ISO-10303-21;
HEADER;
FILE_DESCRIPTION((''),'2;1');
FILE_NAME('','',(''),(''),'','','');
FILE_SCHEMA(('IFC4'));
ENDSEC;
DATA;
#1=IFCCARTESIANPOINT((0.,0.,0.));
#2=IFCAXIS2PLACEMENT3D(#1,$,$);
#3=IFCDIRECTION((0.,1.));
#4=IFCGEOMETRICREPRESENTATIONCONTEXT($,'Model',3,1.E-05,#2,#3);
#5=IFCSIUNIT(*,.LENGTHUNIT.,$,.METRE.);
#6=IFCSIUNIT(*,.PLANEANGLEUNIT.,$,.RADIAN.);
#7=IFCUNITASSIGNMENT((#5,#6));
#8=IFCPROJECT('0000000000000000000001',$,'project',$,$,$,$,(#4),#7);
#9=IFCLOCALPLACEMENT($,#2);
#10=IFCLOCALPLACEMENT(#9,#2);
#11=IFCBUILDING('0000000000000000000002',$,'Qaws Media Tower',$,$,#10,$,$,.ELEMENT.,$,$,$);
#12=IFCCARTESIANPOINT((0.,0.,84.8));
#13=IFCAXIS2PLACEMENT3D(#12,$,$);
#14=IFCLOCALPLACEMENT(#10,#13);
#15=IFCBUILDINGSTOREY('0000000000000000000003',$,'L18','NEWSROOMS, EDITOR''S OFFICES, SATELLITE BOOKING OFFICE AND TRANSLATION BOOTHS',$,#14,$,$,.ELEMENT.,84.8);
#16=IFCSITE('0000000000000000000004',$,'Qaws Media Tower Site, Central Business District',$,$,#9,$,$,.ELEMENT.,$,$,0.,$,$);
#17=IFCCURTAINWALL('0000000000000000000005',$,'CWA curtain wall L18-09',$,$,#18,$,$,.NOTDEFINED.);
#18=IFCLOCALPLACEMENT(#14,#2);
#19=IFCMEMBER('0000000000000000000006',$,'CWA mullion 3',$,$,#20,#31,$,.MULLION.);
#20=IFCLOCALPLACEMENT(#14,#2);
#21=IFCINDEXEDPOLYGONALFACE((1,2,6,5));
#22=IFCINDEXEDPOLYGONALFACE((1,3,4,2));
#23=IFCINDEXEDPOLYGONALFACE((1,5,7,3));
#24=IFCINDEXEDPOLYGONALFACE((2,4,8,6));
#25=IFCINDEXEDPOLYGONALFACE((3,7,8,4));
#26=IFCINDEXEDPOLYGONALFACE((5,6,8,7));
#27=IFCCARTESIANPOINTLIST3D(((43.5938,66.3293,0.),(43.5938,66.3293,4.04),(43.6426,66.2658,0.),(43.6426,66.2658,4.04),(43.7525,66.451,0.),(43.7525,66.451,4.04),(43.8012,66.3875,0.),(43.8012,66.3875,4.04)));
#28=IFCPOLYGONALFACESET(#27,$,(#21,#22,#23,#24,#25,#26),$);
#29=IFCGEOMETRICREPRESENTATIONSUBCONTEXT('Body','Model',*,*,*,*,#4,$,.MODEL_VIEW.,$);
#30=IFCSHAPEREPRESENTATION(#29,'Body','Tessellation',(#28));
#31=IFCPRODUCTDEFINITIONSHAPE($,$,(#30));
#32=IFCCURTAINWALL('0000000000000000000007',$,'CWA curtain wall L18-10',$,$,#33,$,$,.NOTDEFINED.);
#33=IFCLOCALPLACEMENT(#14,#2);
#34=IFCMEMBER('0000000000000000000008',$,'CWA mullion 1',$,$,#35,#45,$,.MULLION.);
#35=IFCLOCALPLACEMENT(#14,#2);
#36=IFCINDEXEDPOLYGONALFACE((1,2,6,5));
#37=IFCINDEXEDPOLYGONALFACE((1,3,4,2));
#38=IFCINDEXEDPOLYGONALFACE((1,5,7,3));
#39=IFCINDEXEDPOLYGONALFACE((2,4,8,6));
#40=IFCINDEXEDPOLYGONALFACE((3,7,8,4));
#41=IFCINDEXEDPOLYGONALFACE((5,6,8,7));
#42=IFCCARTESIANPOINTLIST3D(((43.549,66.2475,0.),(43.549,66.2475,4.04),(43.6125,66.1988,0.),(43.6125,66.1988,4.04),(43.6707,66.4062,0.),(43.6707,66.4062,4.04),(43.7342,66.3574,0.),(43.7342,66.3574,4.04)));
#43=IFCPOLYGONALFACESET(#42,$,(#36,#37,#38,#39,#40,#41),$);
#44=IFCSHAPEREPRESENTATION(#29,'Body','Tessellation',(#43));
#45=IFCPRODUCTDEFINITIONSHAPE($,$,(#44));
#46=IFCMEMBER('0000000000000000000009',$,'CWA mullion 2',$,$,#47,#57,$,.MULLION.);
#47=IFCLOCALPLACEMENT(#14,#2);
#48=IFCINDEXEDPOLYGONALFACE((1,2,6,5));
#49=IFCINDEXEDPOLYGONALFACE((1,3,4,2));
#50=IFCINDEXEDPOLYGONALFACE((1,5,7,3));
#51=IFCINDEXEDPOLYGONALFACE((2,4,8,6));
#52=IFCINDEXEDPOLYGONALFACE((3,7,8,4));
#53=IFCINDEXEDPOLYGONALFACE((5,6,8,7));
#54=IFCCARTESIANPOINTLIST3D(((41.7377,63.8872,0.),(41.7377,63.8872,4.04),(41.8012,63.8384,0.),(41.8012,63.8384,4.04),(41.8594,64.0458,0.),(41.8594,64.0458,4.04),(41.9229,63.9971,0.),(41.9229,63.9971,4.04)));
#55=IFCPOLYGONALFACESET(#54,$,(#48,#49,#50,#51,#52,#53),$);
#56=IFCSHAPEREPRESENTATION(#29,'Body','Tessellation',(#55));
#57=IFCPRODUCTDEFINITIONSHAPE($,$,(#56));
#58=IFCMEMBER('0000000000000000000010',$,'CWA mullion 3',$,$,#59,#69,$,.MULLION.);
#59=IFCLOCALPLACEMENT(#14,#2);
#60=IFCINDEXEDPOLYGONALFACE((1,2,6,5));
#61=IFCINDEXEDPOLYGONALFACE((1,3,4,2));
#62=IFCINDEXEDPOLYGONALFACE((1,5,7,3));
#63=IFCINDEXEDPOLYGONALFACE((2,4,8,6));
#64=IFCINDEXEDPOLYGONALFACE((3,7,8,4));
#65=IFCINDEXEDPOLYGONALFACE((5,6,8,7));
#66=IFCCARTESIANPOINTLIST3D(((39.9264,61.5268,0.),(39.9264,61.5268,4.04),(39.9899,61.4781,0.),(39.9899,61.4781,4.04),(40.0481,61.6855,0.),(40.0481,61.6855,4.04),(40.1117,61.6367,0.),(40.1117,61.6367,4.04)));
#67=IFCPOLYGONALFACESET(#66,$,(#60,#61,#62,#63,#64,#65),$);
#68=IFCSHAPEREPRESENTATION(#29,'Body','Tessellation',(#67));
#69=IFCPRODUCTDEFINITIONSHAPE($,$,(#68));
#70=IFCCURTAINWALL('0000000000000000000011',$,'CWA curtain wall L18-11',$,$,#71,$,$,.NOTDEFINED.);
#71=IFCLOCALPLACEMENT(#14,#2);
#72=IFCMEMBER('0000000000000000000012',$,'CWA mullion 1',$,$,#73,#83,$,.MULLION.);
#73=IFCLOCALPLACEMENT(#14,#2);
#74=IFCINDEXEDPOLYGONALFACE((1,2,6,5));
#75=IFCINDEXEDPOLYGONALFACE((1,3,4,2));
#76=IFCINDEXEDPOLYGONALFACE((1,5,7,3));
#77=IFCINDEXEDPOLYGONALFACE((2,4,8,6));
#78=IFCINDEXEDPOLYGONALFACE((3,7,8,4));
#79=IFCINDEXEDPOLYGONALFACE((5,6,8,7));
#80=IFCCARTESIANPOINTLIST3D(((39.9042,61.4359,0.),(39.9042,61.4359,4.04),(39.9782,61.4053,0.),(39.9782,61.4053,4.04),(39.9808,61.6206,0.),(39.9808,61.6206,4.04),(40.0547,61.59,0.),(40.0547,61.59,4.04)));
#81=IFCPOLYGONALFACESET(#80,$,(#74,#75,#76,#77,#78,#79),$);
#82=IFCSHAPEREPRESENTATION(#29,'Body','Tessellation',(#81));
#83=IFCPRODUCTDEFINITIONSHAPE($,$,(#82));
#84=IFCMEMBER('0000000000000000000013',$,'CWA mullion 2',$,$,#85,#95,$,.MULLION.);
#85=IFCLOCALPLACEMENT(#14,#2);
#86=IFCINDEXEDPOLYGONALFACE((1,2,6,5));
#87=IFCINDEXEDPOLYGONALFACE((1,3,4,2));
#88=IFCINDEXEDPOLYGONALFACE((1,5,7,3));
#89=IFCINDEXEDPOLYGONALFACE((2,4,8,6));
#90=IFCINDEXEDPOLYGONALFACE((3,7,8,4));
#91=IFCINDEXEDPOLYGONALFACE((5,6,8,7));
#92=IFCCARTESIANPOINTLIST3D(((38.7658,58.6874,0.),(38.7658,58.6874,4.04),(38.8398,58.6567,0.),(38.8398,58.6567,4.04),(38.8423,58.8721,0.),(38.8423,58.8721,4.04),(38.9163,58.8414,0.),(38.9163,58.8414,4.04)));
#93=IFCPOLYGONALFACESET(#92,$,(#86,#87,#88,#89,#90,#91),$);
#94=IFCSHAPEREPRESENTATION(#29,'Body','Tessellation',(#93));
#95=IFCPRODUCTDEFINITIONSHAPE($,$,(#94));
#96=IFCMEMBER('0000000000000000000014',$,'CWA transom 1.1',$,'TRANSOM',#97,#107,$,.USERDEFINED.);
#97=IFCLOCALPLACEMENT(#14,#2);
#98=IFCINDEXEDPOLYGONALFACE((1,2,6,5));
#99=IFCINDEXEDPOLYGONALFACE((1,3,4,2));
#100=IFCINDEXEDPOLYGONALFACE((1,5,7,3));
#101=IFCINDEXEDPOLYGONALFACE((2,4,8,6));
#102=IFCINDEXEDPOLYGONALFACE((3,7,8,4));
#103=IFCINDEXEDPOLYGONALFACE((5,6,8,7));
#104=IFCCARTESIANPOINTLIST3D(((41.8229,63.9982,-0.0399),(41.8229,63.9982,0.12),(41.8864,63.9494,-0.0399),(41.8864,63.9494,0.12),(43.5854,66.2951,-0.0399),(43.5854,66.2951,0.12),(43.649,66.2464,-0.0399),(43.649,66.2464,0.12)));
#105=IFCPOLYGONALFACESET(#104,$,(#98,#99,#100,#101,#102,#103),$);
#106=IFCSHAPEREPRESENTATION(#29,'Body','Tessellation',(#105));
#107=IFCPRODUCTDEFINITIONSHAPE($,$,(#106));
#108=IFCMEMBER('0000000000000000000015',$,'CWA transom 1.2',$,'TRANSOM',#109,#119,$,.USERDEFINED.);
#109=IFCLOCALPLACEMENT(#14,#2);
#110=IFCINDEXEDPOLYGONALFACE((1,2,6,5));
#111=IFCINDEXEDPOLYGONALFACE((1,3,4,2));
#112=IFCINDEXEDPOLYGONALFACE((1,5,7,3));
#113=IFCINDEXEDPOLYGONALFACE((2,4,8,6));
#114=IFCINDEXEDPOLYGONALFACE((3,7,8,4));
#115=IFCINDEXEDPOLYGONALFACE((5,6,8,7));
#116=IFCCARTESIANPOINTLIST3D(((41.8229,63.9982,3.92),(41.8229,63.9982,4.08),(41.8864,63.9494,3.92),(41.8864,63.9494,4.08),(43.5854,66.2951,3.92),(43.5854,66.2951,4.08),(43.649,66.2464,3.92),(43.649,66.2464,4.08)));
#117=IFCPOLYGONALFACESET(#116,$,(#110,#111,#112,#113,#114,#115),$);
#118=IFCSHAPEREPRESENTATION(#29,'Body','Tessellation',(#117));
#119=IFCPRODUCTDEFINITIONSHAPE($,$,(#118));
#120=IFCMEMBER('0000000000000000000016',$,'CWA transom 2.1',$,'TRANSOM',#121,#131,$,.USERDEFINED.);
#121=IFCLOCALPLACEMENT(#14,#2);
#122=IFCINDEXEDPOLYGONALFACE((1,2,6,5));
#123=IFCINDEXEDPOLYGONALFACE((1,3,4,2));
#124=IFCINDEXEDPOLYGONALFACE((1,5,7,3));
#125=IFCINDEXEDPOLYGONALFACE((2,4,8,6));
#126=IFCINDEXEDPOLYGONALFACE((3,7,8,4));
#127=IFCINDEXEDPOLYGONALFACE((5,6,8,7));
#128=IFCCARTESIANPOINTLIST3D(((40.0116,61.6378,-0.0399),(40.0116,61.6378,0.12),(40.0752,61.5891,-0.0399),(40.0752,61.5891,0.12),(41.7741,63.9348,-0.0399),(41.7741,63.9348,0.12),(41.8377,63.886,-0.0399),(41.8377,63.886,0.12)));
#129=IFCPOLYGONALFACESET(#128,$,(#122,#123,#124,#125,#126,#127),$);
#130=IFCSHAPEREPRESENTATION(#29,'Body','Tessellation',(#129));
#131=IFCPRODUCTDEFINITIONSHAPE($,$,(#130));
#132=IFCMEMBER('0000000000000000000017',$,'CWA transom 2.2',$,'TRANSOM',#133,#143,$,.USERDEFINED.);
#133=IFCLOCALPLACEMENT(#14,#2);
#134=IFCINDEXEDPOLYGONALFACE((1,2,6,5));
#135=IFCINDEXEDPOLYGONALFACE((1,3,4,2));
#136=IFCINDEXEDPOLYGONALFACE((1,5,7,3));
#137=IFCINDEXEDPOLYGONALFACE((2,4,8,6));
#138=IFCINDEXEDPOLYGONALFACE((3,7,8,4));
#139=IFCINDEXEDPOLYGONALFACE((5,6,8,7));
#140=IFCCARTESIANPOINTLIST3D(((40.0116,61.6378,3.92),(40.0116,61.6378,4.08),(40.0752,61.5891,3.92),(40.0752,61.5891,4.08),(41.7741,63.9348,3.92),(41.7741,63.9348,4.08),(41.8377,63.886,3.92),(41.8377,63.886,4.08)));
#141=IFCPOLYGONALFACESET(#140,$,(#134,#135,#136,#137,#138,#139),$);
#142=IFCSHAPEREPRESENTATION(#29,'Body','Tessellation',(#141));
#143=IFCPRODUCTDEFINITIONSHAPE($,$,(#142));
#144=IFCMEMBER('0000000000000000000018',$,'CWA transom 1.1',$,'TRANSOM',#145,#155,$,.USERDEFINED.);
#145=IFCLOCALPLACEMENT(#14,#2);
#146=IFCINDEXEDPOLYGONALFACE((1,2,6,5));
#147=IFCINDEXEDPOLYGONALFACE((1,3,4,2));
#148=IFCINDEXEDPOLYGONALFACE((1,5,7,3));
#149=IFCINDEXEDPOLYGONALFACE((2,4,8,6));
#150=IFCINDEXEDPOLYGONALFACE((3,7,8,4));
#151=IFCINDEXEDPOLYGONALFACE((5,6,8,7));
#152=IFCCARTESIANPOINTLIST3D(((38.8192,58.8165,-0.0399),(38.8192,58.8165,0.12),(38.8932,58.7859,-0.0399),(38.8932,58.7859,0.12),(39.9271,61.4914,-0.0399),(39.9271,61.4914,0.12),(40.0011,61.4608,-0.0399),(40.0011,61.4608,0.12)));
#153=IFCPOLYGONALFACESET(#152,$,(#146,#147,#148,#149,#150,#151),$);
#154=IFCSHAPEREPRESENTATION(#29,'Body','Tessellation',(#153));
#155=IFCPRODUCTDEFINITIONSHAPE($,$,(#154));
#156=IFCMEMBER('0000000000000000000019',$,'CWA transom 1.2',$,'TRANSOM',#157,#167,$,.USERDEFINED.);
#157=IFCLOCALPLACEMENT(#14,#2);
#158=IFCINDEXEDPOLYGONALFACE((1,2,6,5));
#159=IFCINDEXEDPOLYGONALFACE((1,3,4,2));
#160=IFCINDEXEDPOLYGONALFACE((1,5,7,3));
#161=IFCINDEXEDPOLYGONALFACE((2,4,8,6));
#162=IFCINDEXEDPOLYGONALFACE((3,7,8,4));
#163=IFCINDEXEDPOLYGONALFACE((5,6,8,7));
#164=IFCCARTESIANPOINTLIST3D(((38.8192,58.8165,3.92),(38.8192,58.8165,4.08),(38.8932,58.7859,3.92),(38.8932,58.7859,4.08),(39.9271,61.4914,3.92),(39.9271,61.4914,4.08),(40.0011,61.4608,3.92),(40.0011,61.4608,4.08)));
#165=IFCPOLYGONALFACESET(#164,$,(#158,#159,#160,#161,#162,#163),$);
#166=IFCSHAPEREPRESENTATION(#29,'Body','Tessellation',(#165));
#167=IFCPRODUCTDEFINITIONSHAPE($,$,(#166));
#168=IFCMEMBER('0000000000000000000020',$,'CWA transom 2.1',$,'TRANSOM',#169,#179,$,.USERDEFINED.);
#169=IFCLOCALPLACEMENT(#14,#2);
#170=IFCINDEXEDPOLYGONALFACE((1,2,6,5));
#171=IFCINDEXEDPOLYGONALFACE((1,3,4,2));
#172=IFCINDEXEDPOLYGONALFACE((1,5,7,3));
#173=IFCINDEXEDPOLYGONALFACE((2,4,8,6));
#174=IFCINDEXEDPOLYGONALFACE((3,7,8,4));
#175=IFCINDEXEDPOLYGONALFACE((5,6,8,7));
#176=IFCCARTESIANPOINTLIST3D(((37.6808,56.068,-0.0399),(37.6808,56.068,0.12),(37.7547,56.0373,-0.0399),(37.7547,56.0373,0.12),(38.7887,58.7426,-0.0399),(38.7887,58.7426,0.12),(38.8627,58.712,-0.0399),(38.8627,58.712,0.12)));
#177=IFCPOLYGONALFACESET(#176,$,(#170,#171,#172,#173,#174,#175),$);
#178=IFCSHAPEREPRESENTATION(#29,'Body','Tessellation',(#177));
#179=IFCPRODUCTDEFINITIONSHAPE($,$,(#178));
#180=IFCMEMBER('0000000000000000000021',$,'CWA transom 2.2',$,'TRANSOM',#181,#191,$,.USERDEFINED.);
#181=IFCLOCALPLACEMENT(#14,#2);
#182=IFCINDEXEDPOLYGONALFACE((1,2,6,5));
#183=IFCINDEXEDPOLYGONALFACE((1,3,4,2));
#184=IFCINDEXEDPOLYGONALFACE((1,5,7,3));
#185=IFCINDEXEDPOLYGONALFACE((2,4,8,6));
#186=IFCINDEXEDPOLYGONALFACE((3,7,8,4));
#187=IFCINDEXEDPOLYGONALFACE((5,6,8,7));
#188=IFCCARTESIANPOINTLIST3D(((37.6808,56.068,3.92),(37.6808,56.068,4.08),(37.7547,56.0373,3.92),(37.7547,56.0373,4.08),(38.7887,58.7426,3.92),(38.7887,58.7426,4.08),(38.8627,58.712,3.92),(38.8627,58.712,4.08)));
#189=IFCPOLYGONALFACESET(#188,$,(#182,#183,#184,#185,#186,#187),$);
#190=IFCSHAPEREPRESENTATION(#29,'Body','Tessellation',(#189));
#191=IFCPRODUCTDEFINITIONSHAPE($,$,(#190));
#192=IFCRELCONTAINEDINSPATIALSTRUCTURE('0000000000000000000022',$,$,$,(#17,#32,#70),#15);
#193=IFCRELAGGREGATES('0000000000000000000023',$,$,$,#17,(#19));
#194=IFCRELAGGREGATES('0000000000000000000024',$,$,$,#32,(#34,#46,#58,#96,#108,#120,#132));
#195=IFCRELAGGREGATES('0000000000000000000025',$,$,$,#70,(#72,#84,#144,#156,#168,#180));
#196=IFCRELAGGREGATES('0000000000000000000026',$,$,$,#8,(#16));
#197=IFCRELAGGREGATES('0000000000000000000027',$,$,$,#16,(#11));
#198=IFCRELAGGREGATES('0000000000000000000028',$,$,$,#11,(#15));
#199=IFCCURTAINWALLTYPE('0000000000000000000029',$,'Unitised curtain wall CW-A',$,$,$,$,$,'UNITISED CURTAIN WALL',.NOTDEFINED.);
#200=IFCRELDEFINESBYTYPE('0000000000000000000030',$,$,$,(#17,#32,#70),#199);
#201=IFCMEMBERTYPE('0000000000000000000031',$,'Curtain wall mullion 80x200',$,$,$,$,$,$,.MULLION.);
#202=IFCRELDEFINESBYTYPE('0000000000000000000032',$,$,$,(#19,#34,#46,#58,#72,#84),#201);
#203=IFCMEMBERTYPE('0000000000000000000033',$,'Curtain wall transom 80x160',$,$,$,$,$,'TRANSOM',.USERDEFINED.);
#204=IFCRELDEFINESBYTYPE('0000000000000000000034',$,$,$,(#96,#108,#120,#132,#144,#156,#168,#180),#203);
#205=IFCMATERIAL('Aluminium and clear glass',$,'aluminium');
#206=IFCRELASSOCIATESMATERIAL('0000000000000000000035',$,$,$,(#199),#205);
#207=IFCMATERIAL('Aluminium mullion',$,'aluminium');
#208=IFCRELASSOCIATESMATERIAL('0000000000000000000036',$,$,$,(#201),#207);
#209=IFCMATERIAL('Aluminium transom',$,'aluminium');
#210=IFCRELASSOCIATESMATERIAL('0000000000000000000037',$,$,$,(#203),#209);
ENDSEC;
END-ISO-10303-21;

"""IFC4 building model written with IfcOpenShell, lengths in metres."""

from ifc_helpers import new_model, si_unit, direction, frame, origin, origin_2d, place, context, subcontext, project, spatial, rectangle, extrude, material, material_profile, profile_set, type_object, element, aggregate, save


model = new_model("IFC4")

# Units and contexts
model_context = context("Model", 3, precision=1e-05, world=origin(), true_north=direction((0.0, 1.0)))
body_context = subcontext(model_context, "Body", "Model", "MODEL_VIEW")
ifc_project = project(units=[si_unit("LENGTHUNIT", "METRE"), si_unit("PLANEANGLEUNIT", "RADIAN")], contexts=[model_context])

# Site, building, storey
site_placement = place(None, origin())
site = spatial("IfcSite", under=ifc_project, at=site_placement, Name="Qaws Media Tower Site, Central Business District", CompositionType="ELEMENT", RefElevation=0.0)
building_placement = place(site_placement, origin())
building = spatial("IfcBuilding", under=site, at=building_placement, Name="Qaws Media Tower", CompositionType="ELEMENT")
storey_placement = place(building_placement, frame((0.0, 0.0, 84.8)))
storey = spatial("IfcBuildingStorey", under=building, at=storey_placement, Name="L18", Description="NEWSROOMS, EDITOR'S OFFICES, SATELLITE BOOKING OFFICE AND TRANSLATION BOOTHS", CompositionType="ELEMENT", Elevation=84.8)

# Curtain wall, member
ifc_material_1 = material(Name="Aluminium and clear glass", Category="aluminium")
curtain_wall_type = type_object("IfcCurtainWallType", Name="Unitised curtain wall CW-A", ElementType="UNITISED CURTAIN WALL", PredefinedType="NOTDEFINED", material=ifc_material_1)
curtain_wall_1_placement = place(storey_placement, origin())
curtain_wall_1 = element("IfcCurtainWall", 1, at=curtain_wall_1_placement, inside=storey, type_object=curtain_wall_type, Name="CWA curtain wall L18-09", PredefinedType="NOTDEFINED")
ifc_material_2 = material(Name="Aluminium mullion", Category="aluminium")
ifc_material_profile_1 = material_profile(ifc_material_2, rectangle(XDim=0.0801, YDim=0.2, at=origin_2d()), Name="80x200")
ifc_profile_set_1 = profile_set([ifc_material_profile_1], Name="Aluminium mullion")
member_type_1 = type_object("IfcMemberType", Name="Curtain wall mullion 80x200", PredefinedType="MULLION", material=ifc_profile_set_1)
member_1_placement = place(storey_placement, frame((43.6975, 66.3584, 0.0), z_axis=(0.0, 0.0, 1.0), x_axis=(0.608761, -0.793353, 0.0)))
member_1 = element("IfcMember", 2, at=member_1_placement, type_object=member_type_1, Name="CWA mullion 3", PredefinedType="MULLION", context=body_context, shape_type="SweptSolid", body=[
    extrude(rectangle(XDim=0.0801, YDim=0.2, at=origin_2d()), origin(), (0.0, 0.0, 1.0), 4.04),
])
aggregate(curtain_wall_1, [member_1])

# Curtain walls, members
curtain_wall_2_placement = place(storey_placement, origin())
curtain_wall_2 = element("IfcCurtainWall", 3, at=curtain_wall_2_placement, inside=storey, type_object=curtain_wall_type, Name="CWA curtain wall L18-10", PredefinedType="NOTDEFINED")
member_2_placement = place(storey_placement, frame((43.6416, 66.3025, 0.0), z_axis=(0.0, 0.0, 1.0), x_axis=(0.793353, -0.608761, 0.0)))
member_2 = element("IfcMember", 4, at=member_2_placement, type_object=member_type_1, Name="CWA mullion 1", PredefinedType="MULLION", context=body_context, shape_type="SweptSolid", body=[
    extrude(rectangle(XDim=0.0801, YDim=0.2, at=origin_2d()), origin(), (0.0, 0.0, 1.0), 4.04),
])
member_3_placement = place(storey_placement, frame((41.8303, 63.9421, 0.0), z_axis=(0.0, 0.0, 1.0), x_axis=(0.793353, -0.608761, 0.0)))
member_3 = element("IfcMember", 5, at=member_3_placement, type_object=member_type_1, Name="CWA mullion 2", PredefinedType="MULLION", context=body_context, shape_type="SweptSolid", body=[
    extrude(rectangle(XDim=0.0801, YDim=0.2, at=origin_2d()), origin(), (0.0, 0.0, 1.0), 4.04),
])
member_4_placement = place(storey_placement, frame((40.019, 61.5818, 0.0), z_axis=(0.0, 0.0, 1.0), x_axis=(0.793353, -0.608761, 0.0)))
member_4 = element("IfcMember", 6, at=member_4_placement, type_object=member_type_1, Name="CWA mullion 3", PredefinedType="MULLION", context=body_context, shape_type="SweptSolid", body=[
    extrude(rectangle(XDim=0.0801, YDim=0.2, at=origin_2d()), origin(), (0.0, 0.0, 1.0), 4.04),
])
curtain_wall_3_placement = place(storey_placement, origin())
curtain_wall_3 = element("IfcCurtainWall", 7, at=curtain_wall_3_placement, inside=storey, type_object=curtain_wall_type, Name="CWA curtain wall L18-11", PredefinedType="NOTDEFINED")
member_5_placement = place(storey_placement, frame((39.9795, 61.5129, 0.0), z_axis=(0.0, 0.0, 1.0), x_axis=(0.92388, -0.382683, 0.0)))
member_5 = element("IfcMember", 8, at=member_5_placement, type_object=member_type_1, Name="CWA mullion 1", PredefinedType="MULLION", context=body_context, shape_type="SweptSolid", body=[
    extrude(rectangle(XDim=0.0801, YDim=0.2, at=origin_2d()), origin(), (0.0, 0.0, 1.0), 4.04),
])
member_6_placement = place(storey_placement, frame((38.8411, 58.7644, 0.0), z_axis=(0.0, 0.0, 1.0), x_axis=(0.92388, -0.382683, 0.0)))
member_6 = element("IfcMember", 9, at=member_6_placement, type_object=member_type_1, Name="CWA mullion 2", PredefinedType="MULLION", context=body_context, shape_type="SweptSolid", body=[
    extrude(rectangle(XDim=0.0801, YDim=0.2, at=origin_2d()), origin(), (0.0, 0.0, 1.0), 4.04),
])

# Members
ifc_material_3 = material(Name="Aluminium transom", Category="aluminium")
ifc_material_profile_2 = material_profile(ifc_material_3, rectangle(XDim=0.0801, YDim=0.1599, at=origin_2d()), Name="80x160")
ifc_profile_set_2 = profile_set([ifc_material_profile_2], Name="Aluminium transom")
member_type_2 = type_object("IfcMemberType", Name="Curtain wall transom 80x160", ElementType="TRANSOM", PredefinedType="USERDEFINED", material=ifc_profile_set_2)
member_7_placement = place(storey_placement, frame((43.6172, 66.2708, 0.04), z_axis=(-0.608761, -0.793354, 0.0), x_axis=(0.793354, -0.608761, 0.0)))
member_7 = element("IfcMember", 10, at=member_7_placement, type_object=member_type_2, Name="CWA transom 1.1", ObjectType="TRANSOM", PredefinedType="USERDEFINED", context=body_context, shape_type="SweptSolid", body=[
    extrude(rectangle(XDim=0.0801, YDim=0.1599, at=origin_2d()), origin(), (0.0, 0.0, 1.0), 2.8953),
])
member_8_placement = place(storey_placement, frame((43.6172, 66.2708, 4.0), z_axis=(-0.608761, -0.793354, 0.0), x_axis=(0.793354, -0.608761, 0.0)))
member_8 = element("IfcMember", 11, at=member_8_placement, type_object=member_type_2, Name="CWA transom 1.2", ObjectType="TRANSOM", PredefinedType="USERDEFINED", context=body_context, shape_type="SweptSolid", body=[
    extrude(rectangle(XDim=0.0801, YDim=0.1599, at=origin_2d()), origin(), (0.0, 0.0, 1.0), 2.8953),
])
member_9_placement = place(storey_placement, frame((41.8059, 63.9104, 0.04), z_axis=(-0.608761, -0.793354, 0.0), x_axis=(0.793354, -0.608761, 0.0)))
member_9 = element("IfcMember", 12, at=member_9_placement, type_object=member_type_2, Name="CWA transom 2.1", ObjectType="TRANSOM", PredefinedType="USERDEFINED", context=body_context, shape_type="SweptSolid", body=[
    extrude(rectangle(XDim=0.0801, YDim=0.1599, at=origin_2d()), origin(), (0.0, 0.0, 1.0), 2.8953),
])
member_10_placement = place(storey_placement, frame((41.8059, 63.9104, 4.0), z_axis=(-0.608761, -0.793354, 0.0), x_axis=(0.793354, -0.608761, 0.0)))
member_10 = element("IfcMember", 13, at=member_10_placement, type_object=member_type_2, Name="CWA transom 2.2", ObjectType="TRANSOM", PredefinedType="USERDEFINED", context=body_context, shape_type="SweptSolid", body=[
    extrude(rectangle(XDim=0.0801, YDim=0.1599, at=origin_2d()), origin(), (0.0, 0.0, 1.0), 2.8953),
])
member_11_placement = place(storey_placement, frame((39.9641, 61.4761, 0.04), z_axis=(-0.382675, -0.923883, 0.0), x_axis=(0.923883, -0.382675, 0.0)))
member_11 = element("IfcMember", 14, at=member_11_placement, type_object=member_type_2, Name="CWA transom 1.1", ObjectType="TRANSOM", PredefinedType="USERDEFINED", context=body_context, shape_type="SweptSolid", body=[
    extrude(rectangle(XDim=0.0801, YDim=0.1599, at=origin_2d()), origin(), (0.0, 0.0, 1.0), 2.8953),
])
member_12_placement = place(storey_placement, frame((39.9641, 61.4761, 4.0), z_axis=(-0.382675, -0.923883, 0.0), x_axis=(0.923883, -0.382675, 0.0)))
member_12 = element("IfcMember", 15, at=member_12_placement, type_object=member_type_2, Name="CWA transom 1.2", ObjectType="TRANSOM", PredefinedType="USERDEFINED", context=body_context, shape_type="SweptSolid", body=[
    extrude(rectangle(XDim=0.0801, YDim=0.1599, at=origin_2d()), origin(), (0.0, 0.0, 1.0), 2.8953),
])
member_13_placement = place(storey_placement, frame((38.8257, 58.7273, 0.04), z_axis=(-0.382704, -0.923871, 0.0), x_axis=(0.923871, -0.382704, 0.0)))
member_13 = element("IfcMember", 16, at=member_13_placement, type_object=member_type_2, Name="CWA transom 2.1", ObjectType="TRANSOM", PredefinedType="USERDEFINED", context=body_context, shape_type="SweptSolid", body=[
    extrude(rectangle(XDim=0.0801, YDim=0.1599, at=origin_2d()), origin(), (0.0, 0.0, 1.0), 2.895),
])
member_14_placement = place(storey_placement, frame((38.8257, 58.7273, 4.0), z_axis=(-0.382704, -0.923871, 0.0), x_axis=(0.923871, -0.382704, 0.0)))
member_14 = element("IfcMember", 17, at=member_14_placement, type_object=member_type_2, Name="CWA transom 2.2", ObjectType="TRANSOM", PredefinedType="USERDEFINED", context=body_context, shape_type="SweptSolid", body=[
    extrude(rectangle(XDim=0.0801, YDim=0.1599, at=origin_2d()), origin(), (0.0, 0.0, 1.0), 2.895),
])

aggregate(curtain_wall_2, [member_2, member_3, member_4, member_7, member_8, member_9, member_10])
aggregate(curtain_wall_3, [member_5, member_6, member_11, member_12, member_13, member_14])

save(model, "model.ifc")
